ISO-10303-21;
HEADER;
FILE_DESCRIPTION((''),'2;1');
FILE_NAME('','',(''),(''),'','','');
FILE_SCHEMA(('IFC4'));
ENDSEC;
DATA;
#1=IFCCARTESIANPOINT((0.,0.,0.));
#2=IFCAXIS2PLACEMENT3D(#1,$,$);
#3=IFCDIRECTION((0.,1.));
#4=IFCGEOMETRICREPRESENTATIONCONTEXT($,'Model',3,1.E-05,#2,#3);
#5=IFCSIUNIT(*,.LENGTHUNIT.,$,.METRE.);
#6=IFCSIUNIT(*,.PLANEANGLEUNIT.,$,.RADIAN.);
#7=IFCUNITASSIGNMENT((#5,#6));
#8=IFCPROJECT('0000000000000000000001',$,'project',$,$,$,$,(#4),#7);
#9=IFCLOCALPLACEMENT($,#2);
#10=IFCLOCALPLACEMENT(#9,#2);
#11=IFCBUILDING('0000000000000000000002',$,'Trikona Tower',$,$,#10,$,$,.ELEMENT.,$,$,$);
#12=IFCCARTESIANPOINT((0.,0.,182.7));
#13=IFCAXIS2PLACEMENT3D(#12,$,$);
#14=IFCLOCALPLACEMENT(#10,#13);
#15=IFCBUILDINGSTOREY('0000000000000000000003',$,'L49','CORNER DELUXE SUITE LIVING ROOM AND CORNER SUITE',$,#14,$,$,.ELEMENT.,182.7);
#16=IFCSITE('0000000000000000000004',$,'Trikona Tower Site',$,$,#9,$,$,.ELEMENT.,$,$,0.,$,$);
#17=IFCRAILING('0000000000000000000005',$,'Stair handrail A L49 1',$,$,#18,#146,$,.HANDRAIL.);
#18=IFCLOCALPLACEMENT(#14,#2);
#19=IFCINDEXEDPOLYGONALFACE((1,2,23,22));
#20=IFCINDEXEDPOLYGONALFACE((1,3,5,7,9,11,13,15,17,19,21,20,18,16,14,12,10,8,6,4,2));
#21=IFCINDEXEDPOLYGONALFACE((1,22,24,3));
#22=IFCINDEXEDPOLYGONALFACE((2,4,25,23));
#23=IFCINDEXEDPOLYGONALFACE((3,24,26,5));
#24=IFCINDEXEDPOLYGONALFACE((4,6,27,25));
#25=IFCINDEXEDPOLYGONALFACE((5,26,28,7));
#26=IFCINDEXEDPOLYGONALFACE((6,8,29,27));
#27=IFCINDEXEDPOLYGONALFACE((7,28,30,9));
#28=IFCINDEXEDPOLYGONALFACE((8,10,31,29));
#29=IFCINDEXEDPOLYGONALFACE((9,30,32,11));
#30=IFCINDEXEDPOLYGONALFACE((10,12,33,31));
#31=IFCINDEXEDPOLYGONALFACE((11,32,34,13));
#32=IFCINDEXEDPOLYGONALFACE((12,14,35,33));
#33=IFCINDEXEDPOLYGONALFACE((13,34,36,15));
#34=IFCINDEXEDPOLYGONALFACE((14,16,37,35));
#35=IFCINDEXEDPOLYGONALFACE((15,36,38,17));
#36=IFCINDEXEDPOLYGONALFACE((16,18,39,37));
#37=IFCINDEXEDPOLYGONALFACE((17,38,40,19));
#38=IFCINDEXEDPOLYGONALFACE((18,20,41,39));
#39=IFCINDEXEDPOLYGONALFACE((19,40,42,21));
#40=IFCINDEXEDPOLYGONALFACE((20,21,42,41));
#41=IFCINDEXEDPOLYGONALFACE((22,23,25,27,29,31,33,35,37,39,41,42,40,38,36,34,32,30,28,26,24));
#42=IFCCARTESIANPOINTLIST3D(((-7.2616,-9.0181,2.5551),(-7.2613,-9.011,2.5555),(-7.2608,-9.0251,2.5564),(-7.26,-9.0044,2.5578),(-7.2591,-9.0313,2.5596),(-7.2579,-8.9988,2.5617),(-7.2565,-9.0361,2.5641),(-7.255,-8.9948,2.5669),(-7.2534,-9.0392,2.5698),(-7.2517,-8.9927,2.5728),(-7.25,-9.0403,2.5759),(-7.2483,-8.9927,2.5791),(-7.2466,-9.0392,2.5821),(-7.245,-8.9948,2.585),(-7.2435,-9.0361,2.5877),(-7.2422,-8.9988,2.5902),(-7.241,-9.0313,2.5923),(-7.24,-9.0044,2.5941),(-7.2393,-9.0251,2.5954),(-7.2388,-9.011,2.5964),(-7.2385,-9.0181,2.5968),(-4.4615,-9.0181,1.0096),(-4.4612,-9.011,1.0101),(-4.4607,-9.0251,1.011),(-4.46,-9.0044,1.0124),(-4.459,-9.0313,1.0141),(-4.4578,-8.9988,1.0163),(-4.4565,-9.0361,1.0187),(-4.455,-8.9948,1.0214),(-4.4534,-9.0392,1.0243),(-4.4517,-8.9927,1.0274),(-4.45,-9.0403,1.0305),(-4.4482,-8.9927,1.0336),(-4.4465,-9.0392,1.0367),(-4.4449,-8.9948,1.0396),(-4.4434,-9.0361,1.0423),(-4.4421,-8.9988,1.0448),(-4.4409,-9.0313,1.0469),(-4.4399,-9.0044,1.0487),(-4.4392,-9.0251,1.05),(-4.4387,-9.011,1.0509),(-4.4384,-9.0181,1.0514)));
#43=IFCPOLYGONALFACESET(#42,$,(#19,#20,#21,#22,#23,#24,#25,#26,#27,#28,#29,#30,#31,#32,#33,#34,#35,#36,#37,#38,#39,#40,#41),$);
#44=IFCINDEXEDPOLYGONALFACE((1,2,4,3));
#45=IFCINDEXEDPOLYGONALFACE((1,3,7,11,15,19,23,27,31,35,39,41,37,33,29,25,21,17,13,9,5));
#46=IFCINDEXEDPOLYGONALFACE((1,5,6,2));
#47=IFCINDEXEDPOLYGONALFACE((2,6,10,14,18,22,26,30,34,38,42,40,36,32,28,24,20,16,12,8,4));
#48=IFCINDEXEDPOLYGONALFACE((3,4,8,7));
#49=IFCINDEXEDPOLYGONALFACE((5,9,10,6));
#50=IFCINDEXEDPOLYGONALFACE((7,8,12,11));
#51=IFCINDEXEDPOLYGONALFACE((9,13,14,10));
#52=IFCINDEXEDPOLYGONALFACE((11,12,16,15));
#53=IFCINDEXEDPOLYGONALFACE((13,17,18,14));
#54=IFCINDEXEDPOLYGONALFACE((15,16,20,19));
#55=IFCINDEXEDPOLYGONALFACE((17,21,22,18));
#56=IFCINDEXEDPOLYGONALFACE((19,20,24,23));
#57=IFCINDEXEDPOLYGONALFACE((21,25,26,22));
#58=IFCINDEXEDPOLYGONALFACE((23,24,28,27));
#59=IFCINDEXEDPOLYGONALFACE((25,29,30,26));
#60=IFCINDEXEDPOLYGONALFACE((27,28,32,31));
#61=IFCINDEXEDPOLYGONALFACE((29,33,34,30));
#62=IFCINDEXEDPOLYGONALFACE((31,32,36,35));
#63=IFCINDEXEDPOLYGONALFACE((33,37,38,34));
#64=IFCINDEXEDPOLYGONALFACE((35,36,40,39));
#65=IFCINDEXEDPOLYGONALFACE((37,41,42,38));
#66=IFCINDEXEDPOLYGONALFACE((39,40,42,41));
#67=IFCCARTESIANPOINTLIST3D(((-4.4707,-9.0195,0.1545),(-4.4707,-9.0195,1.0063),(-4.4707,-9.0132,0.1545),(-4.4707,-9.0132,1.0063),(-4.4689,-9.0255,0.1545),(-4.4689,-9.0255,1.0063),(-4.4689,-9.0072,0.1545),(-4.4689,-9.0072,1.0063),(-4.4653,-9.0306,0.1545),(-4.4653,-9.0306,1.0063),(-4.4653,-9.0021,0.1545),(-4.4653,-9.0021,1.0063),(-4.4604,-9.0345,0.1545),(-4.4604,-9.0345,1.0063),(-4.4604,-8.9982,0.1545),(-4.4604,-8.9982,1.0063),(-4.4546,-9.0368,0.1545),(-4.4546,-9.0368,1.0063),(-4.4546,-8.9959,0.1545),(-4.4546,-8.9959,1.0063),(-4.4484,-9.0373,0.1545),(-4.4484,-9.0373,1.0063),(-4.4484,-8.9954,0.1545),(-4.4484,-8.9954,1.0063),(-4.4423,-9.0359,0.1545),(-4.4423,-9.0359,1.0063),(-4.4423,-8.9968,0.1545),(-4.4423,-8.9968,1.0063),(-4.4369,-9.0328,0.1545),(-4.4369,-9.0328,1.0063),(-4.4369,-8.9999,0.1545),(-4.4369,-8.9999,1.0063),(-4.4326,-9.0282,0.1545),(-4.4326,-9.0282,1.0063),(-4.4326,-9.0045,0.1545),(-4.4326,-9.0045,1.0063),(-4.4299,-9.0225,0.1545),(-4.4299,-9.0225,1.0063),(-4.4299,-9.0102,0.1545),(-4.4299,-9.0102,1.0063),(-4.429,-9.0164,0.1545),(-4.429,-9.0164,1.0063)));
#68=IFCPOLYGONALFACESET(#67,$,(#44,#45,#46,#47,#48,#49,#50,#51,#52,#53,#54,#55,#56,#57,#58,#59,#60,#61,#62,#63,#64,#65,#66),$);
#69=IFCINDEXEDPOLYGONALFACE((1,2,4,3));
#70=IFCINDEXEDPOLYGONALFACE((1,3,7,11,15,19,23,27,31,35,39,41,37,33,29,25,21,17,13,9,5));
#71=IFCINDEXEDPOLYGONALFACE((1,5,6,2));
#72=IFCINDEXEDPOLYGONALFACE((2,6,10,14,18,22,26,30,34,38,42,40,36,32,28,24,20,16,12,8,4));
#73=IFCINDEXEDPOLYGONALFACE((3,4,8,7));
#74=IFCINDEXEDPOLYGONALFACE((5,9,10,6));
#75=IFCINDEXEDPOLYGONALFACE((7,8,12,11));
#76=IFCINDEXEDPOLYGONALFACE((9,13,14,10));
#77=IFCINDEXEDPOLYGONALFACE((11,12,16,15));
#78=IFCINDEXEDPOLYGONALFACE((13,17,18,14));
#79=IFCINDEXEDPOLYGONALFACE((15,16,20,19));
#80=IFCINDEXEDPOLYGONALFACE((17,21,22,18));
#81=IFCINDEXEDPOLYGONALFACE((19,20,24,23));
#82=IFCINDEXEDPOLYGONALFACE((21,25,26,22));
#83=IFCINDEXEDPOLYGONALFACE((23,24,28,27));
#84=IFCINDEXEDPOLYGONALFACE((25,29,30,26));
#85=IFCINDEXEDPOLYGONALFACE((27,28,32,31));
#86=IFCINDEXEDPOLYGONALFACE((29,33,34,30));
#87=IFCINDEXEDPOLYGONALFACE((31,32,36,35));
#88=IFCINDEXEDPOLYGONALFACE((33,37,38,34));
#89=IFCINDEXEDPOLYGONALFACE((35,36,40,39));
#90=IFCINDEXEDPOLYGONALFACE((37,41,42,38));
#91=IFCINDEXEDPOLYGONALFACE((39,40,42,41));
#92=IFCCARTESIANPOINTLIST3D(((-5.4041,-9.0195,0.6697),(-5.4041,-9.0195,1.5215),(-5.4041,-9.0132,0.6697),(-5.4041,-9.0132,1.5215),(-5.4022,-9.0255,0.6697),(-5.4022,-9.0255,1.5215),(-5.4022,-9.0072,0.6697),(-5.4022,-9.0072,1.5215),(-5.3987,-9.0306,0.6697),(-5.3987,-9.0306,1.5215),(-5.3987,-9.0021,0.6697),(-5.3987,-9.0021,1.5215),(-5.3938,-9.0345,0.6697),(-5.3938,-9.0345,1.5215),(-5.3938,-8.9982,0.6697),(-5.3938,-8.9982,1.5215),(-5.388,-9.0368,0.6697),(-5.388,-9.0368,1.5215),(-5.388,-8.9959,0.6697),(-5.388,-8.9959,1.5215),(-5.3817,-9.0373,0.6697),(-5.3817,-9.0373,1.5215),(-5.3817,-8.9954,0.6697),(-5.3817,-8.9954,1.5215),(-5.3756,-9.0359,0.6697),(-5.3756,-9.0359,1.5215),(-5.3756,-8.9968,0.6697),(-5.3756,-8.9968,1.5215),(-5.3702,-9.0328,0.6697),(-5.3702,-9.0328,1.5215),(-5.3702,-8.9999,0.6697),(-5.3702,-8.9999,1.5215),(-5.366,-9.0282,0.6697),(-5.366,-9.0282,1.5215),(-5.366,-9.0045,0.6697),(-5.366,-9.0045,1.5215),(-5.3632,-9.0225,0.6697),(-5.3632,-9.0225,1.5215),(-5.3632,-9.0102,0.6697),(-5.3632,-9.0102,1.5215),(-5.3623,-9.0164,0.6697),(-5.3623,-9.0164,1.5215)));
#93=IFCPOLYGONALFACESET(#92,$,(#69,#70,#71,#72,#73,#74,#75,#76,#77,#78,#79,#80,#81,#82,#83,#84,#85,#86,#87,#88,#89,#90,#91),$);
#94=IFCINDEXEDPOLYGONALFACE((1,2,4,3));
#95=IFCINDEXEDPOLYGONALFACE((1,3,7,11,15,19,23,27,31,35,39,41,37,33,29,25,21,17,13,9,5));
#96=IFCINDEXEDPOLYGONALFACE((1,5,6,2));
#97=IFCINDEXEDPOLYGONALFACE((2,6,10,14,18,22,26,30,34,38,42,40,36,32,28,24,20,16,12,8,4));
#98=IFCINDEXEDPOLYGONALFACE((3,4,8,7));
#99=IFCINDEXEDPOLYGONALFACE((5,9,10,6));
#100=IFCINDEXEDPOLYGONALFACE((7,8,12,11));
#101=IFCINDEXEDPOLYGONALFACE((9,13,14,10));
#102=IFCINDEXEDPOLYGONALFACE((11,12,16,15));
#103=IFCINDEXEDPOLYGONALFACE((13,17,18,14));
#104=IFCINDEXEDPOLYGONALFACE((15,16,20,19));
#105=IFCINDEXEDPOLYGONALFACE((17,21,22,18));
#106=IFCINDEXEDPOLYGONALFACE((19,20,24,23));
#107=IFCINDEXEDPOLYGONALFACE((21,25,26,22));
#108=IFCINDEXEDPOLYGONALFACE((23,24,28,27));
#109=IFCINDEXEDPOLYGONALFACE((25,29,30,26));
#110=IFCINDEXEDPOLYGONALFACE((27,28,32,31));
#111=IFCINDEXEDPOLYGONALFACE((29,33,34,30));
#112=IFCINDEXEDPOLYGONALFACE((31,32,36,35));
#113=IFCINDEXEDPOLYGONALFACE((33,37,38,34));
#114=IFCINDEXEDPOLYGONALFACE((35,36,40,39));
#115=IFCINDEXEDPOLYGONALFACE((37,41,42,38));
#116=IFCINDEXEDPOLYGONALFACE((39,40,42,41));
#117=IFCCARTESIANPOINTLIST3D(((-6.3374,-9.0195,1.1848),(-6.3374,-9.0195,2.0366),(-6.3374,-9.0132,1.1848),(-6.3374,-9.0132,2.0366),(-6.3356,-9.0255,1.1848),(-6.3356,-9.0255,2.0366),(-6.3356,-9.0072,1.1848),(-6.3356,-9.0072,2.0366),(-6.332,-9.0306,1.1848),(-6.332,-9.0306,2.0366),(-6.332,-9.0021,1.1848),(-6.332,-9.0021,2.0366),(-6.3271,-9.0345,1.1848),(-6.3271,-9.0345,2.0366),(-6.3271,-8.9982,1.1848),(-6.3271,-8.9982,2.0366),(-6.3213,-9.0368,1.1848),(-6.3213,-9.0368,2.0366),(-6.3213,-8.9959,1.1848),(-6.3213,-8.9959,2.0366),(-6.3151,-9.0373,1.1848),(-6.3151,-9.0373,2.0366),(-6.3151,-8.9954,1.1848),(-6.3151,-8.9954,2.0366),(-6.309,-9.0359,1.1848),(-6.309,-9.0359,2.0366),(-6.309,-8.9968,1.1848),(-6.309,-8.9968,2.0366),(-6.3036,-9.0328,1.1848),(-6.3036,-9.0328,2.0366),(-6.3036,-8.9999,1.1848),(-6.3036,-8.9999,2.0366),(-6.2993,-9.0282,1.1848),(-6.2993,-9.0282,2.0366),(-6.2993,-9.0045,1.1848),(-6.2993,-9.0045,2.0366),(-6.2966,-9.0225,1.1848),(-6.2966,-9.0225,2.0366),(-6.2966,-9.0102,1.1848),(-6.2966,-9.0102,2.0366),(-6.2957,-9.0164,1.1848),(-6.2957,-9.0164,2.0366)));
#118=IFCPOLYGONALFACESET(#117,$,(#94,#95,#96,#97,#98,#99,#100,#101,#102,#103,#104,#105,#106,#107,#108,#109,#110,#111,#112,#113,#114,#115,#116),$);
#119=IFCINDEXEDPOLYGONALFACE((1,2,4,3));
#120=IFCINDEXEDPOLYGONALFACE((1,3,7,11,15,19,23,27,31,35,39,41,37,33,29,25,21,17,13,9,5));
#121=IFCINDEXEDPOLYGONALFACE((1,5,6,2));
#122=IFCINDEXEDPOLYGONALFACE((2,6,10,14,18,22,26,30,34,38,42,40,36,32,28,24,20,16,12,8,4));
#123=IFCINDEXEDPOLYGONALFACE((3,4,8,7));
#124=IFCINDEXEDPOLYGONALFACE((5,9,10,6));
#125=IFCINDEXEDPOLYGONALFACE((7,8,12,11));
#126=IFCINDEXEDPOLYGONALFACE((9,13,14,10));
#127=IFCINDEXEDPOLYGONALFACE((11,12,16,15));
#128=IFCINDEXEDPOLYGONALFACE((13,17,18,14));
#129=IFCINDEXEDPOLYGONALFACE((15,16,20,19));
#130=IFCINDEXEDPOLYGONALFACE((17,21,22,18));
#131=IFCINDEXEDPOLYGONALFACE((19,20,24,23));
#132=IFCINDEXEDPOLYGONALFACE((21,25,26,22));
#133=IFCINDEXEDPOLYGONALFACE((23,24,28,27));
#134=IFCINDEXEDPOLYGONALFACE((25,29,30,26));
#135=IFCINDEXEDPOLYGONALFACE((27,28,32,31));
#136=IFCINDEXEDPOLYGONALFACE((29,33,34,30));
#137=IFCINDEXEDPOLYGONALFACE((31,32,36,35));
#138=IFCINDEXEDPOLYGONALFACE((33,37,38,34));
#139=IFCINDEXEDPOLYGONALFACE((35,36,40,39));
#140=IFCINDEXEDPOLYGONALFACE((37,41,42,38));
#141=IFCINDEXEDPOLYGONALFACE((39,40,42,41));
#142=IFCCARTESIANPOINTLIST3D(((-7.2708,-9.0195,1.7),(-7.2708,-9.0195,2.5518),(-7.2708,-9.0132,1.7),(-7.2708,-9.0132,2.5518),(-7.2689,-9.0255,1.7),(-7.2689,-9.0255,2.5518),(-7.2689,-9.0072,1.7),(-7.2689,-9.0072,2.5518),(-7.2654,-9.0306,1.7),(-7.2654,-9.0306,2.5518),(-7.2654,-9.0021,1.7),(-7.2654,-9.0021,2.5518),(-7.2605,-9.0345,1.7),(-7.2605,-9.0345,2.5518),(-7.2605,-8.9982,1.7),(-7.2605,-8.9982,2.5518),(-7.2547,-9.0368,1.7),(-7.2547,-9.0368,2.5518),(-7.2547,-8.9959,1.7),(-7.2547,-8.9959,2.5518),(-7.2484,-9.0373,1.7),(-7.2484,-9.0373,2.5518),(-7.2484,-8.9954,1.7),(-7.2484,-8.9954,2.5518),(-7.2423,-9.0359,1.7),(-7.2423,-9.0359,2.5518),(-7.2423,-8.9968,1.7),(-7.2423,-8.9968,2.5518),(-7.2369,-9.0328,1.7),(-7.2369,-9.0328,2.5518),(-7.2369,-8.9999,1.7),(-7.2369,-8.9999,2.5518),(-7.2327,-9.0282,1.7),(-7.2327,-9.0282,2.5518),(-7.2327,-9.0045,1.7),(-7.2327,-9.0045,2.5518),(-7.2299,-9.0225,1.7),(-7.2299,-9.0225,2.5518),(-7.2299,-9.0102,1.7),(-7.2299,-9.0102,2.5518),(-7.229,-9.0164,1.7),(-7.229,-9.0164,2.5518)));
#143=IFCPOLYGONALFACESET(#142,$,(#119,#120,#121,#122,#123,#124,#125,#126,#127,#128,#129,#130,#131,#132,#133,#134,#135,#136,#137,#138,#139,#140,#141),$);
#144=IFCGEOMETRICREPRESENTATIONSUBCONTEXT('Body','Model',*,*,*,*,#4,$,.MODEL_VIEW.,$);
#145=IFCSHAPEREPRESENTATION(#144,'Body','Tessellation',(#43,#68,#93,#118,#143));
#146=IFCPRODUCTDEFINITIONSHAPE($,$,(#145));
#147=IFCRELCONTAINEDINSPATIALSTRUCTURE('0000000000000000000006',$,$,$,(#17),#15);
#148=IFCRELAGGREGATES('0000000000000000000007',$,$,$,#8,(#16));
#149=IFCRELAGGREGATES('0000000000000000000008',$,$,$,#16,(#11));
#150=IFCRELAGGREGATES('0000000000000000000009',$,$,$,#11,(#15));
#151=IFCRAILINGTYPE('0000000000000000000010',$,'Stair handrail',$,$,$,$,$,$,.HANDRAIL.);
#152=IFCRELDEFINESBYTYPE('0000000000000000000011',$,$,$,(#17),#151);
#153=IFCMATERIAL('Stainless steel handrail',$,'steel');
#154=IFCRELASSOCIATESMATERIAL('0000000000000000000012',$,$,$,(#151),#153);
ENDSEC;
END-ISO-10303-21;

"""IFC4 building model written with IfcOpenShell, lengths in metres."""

from ifc_helpers import new_model, si_unit, direction, frame, origin, origin_2d, place, context, subcontext, project, spatial, circle, extrude, material, type_object, element, save


model = new_model("IFC4")

# Units and contexts
model_context = context("Model", 3, precision=1e-05, world=origin(), true_north=direction((0.0, 1.0)))
body_context = subcontext(model_context, "Body", "Model", "MODEL_VIEW")
ifc_project = project(units=[si_unit("LENGTHUNIT", "METRE"), si_unit("PLANEANGLEUNIT", "RADIAN")], contexts=[model_context])

# Site, building, storey
site_placement = place(None, origin())
site = spatial("IfcSite", under=ifc_project, at=site_placement, Name="Trikona Tower Site", CompositionType="ELEMENT", RefElevation=0.0)
building_placement = place(site_placement, origin())
building = spatial("IfcBuilding", under=site, at=building_placement, Name="Trikona Tower", CompositionType="ELEMENT")
storey_placement = place(building_placement, frame((0.0, 0.0, 182.7)))
storey = spatial("IfcBuildingStorey", under=building, at=storey_placement, Name="L49", Description="CORNER DELUXE SUITE LIVING ROOM AND CORNER SUITE", CompositionType="ELEMENT", Elevation=182.7)

# Railing
ifc_material_1 = material(Name="Stainless steel handrail", Category="steel")
railing_type = type_object("IfcRailingType", Name="Stair handrail", PredefinedType="HANDRAIL", material=ifc_material_1)
railing_1_placement = place(storey_placement, frame((-4.45, -9.0164, 0.1545)))
element("IfcRailing", 1, at=railing_1_placement, inside=storey, type_object=railing_type, Name="Stair handrail A L49 1", PredefinedType="HANDRAIL", context=body_context, shape_type="SweptSolid", body=[
    extrude(circle(Radius=0.0239, at=origin_2d()), frame((0.0, 0.0, 0.876), z_axis=(-0.875504, 0.0, 0.483211), x_axis=(0.0, -1.0, 0.0)), (0.0, 0.0, 1.0), 3.1982),
    extrude(circle(Radius=0.021, at=origin_2d()), origin(), (0.0, 0.0, 1.0), 0.8518),
    extrude(circle(Radius=0.021, at=origin_2d()), frame((-0.9333, 0.0, 0.5151)), (0.0, 0.0, 1.0), 0.8518),
    extrude(circle(Radius=0.021, at=origin_2d()), frame((-1.8667, 0.0, 1.0303)), (0.0, 0.0, 1.0), 0.8518),
    extrude(circle(Radius=0.021, at=origin_2d()), frame((-2.8, 0.0, 1.5454)), (0.0, 0.0, 1.0), 0.8518),
])

save(model, "model.ifc")
